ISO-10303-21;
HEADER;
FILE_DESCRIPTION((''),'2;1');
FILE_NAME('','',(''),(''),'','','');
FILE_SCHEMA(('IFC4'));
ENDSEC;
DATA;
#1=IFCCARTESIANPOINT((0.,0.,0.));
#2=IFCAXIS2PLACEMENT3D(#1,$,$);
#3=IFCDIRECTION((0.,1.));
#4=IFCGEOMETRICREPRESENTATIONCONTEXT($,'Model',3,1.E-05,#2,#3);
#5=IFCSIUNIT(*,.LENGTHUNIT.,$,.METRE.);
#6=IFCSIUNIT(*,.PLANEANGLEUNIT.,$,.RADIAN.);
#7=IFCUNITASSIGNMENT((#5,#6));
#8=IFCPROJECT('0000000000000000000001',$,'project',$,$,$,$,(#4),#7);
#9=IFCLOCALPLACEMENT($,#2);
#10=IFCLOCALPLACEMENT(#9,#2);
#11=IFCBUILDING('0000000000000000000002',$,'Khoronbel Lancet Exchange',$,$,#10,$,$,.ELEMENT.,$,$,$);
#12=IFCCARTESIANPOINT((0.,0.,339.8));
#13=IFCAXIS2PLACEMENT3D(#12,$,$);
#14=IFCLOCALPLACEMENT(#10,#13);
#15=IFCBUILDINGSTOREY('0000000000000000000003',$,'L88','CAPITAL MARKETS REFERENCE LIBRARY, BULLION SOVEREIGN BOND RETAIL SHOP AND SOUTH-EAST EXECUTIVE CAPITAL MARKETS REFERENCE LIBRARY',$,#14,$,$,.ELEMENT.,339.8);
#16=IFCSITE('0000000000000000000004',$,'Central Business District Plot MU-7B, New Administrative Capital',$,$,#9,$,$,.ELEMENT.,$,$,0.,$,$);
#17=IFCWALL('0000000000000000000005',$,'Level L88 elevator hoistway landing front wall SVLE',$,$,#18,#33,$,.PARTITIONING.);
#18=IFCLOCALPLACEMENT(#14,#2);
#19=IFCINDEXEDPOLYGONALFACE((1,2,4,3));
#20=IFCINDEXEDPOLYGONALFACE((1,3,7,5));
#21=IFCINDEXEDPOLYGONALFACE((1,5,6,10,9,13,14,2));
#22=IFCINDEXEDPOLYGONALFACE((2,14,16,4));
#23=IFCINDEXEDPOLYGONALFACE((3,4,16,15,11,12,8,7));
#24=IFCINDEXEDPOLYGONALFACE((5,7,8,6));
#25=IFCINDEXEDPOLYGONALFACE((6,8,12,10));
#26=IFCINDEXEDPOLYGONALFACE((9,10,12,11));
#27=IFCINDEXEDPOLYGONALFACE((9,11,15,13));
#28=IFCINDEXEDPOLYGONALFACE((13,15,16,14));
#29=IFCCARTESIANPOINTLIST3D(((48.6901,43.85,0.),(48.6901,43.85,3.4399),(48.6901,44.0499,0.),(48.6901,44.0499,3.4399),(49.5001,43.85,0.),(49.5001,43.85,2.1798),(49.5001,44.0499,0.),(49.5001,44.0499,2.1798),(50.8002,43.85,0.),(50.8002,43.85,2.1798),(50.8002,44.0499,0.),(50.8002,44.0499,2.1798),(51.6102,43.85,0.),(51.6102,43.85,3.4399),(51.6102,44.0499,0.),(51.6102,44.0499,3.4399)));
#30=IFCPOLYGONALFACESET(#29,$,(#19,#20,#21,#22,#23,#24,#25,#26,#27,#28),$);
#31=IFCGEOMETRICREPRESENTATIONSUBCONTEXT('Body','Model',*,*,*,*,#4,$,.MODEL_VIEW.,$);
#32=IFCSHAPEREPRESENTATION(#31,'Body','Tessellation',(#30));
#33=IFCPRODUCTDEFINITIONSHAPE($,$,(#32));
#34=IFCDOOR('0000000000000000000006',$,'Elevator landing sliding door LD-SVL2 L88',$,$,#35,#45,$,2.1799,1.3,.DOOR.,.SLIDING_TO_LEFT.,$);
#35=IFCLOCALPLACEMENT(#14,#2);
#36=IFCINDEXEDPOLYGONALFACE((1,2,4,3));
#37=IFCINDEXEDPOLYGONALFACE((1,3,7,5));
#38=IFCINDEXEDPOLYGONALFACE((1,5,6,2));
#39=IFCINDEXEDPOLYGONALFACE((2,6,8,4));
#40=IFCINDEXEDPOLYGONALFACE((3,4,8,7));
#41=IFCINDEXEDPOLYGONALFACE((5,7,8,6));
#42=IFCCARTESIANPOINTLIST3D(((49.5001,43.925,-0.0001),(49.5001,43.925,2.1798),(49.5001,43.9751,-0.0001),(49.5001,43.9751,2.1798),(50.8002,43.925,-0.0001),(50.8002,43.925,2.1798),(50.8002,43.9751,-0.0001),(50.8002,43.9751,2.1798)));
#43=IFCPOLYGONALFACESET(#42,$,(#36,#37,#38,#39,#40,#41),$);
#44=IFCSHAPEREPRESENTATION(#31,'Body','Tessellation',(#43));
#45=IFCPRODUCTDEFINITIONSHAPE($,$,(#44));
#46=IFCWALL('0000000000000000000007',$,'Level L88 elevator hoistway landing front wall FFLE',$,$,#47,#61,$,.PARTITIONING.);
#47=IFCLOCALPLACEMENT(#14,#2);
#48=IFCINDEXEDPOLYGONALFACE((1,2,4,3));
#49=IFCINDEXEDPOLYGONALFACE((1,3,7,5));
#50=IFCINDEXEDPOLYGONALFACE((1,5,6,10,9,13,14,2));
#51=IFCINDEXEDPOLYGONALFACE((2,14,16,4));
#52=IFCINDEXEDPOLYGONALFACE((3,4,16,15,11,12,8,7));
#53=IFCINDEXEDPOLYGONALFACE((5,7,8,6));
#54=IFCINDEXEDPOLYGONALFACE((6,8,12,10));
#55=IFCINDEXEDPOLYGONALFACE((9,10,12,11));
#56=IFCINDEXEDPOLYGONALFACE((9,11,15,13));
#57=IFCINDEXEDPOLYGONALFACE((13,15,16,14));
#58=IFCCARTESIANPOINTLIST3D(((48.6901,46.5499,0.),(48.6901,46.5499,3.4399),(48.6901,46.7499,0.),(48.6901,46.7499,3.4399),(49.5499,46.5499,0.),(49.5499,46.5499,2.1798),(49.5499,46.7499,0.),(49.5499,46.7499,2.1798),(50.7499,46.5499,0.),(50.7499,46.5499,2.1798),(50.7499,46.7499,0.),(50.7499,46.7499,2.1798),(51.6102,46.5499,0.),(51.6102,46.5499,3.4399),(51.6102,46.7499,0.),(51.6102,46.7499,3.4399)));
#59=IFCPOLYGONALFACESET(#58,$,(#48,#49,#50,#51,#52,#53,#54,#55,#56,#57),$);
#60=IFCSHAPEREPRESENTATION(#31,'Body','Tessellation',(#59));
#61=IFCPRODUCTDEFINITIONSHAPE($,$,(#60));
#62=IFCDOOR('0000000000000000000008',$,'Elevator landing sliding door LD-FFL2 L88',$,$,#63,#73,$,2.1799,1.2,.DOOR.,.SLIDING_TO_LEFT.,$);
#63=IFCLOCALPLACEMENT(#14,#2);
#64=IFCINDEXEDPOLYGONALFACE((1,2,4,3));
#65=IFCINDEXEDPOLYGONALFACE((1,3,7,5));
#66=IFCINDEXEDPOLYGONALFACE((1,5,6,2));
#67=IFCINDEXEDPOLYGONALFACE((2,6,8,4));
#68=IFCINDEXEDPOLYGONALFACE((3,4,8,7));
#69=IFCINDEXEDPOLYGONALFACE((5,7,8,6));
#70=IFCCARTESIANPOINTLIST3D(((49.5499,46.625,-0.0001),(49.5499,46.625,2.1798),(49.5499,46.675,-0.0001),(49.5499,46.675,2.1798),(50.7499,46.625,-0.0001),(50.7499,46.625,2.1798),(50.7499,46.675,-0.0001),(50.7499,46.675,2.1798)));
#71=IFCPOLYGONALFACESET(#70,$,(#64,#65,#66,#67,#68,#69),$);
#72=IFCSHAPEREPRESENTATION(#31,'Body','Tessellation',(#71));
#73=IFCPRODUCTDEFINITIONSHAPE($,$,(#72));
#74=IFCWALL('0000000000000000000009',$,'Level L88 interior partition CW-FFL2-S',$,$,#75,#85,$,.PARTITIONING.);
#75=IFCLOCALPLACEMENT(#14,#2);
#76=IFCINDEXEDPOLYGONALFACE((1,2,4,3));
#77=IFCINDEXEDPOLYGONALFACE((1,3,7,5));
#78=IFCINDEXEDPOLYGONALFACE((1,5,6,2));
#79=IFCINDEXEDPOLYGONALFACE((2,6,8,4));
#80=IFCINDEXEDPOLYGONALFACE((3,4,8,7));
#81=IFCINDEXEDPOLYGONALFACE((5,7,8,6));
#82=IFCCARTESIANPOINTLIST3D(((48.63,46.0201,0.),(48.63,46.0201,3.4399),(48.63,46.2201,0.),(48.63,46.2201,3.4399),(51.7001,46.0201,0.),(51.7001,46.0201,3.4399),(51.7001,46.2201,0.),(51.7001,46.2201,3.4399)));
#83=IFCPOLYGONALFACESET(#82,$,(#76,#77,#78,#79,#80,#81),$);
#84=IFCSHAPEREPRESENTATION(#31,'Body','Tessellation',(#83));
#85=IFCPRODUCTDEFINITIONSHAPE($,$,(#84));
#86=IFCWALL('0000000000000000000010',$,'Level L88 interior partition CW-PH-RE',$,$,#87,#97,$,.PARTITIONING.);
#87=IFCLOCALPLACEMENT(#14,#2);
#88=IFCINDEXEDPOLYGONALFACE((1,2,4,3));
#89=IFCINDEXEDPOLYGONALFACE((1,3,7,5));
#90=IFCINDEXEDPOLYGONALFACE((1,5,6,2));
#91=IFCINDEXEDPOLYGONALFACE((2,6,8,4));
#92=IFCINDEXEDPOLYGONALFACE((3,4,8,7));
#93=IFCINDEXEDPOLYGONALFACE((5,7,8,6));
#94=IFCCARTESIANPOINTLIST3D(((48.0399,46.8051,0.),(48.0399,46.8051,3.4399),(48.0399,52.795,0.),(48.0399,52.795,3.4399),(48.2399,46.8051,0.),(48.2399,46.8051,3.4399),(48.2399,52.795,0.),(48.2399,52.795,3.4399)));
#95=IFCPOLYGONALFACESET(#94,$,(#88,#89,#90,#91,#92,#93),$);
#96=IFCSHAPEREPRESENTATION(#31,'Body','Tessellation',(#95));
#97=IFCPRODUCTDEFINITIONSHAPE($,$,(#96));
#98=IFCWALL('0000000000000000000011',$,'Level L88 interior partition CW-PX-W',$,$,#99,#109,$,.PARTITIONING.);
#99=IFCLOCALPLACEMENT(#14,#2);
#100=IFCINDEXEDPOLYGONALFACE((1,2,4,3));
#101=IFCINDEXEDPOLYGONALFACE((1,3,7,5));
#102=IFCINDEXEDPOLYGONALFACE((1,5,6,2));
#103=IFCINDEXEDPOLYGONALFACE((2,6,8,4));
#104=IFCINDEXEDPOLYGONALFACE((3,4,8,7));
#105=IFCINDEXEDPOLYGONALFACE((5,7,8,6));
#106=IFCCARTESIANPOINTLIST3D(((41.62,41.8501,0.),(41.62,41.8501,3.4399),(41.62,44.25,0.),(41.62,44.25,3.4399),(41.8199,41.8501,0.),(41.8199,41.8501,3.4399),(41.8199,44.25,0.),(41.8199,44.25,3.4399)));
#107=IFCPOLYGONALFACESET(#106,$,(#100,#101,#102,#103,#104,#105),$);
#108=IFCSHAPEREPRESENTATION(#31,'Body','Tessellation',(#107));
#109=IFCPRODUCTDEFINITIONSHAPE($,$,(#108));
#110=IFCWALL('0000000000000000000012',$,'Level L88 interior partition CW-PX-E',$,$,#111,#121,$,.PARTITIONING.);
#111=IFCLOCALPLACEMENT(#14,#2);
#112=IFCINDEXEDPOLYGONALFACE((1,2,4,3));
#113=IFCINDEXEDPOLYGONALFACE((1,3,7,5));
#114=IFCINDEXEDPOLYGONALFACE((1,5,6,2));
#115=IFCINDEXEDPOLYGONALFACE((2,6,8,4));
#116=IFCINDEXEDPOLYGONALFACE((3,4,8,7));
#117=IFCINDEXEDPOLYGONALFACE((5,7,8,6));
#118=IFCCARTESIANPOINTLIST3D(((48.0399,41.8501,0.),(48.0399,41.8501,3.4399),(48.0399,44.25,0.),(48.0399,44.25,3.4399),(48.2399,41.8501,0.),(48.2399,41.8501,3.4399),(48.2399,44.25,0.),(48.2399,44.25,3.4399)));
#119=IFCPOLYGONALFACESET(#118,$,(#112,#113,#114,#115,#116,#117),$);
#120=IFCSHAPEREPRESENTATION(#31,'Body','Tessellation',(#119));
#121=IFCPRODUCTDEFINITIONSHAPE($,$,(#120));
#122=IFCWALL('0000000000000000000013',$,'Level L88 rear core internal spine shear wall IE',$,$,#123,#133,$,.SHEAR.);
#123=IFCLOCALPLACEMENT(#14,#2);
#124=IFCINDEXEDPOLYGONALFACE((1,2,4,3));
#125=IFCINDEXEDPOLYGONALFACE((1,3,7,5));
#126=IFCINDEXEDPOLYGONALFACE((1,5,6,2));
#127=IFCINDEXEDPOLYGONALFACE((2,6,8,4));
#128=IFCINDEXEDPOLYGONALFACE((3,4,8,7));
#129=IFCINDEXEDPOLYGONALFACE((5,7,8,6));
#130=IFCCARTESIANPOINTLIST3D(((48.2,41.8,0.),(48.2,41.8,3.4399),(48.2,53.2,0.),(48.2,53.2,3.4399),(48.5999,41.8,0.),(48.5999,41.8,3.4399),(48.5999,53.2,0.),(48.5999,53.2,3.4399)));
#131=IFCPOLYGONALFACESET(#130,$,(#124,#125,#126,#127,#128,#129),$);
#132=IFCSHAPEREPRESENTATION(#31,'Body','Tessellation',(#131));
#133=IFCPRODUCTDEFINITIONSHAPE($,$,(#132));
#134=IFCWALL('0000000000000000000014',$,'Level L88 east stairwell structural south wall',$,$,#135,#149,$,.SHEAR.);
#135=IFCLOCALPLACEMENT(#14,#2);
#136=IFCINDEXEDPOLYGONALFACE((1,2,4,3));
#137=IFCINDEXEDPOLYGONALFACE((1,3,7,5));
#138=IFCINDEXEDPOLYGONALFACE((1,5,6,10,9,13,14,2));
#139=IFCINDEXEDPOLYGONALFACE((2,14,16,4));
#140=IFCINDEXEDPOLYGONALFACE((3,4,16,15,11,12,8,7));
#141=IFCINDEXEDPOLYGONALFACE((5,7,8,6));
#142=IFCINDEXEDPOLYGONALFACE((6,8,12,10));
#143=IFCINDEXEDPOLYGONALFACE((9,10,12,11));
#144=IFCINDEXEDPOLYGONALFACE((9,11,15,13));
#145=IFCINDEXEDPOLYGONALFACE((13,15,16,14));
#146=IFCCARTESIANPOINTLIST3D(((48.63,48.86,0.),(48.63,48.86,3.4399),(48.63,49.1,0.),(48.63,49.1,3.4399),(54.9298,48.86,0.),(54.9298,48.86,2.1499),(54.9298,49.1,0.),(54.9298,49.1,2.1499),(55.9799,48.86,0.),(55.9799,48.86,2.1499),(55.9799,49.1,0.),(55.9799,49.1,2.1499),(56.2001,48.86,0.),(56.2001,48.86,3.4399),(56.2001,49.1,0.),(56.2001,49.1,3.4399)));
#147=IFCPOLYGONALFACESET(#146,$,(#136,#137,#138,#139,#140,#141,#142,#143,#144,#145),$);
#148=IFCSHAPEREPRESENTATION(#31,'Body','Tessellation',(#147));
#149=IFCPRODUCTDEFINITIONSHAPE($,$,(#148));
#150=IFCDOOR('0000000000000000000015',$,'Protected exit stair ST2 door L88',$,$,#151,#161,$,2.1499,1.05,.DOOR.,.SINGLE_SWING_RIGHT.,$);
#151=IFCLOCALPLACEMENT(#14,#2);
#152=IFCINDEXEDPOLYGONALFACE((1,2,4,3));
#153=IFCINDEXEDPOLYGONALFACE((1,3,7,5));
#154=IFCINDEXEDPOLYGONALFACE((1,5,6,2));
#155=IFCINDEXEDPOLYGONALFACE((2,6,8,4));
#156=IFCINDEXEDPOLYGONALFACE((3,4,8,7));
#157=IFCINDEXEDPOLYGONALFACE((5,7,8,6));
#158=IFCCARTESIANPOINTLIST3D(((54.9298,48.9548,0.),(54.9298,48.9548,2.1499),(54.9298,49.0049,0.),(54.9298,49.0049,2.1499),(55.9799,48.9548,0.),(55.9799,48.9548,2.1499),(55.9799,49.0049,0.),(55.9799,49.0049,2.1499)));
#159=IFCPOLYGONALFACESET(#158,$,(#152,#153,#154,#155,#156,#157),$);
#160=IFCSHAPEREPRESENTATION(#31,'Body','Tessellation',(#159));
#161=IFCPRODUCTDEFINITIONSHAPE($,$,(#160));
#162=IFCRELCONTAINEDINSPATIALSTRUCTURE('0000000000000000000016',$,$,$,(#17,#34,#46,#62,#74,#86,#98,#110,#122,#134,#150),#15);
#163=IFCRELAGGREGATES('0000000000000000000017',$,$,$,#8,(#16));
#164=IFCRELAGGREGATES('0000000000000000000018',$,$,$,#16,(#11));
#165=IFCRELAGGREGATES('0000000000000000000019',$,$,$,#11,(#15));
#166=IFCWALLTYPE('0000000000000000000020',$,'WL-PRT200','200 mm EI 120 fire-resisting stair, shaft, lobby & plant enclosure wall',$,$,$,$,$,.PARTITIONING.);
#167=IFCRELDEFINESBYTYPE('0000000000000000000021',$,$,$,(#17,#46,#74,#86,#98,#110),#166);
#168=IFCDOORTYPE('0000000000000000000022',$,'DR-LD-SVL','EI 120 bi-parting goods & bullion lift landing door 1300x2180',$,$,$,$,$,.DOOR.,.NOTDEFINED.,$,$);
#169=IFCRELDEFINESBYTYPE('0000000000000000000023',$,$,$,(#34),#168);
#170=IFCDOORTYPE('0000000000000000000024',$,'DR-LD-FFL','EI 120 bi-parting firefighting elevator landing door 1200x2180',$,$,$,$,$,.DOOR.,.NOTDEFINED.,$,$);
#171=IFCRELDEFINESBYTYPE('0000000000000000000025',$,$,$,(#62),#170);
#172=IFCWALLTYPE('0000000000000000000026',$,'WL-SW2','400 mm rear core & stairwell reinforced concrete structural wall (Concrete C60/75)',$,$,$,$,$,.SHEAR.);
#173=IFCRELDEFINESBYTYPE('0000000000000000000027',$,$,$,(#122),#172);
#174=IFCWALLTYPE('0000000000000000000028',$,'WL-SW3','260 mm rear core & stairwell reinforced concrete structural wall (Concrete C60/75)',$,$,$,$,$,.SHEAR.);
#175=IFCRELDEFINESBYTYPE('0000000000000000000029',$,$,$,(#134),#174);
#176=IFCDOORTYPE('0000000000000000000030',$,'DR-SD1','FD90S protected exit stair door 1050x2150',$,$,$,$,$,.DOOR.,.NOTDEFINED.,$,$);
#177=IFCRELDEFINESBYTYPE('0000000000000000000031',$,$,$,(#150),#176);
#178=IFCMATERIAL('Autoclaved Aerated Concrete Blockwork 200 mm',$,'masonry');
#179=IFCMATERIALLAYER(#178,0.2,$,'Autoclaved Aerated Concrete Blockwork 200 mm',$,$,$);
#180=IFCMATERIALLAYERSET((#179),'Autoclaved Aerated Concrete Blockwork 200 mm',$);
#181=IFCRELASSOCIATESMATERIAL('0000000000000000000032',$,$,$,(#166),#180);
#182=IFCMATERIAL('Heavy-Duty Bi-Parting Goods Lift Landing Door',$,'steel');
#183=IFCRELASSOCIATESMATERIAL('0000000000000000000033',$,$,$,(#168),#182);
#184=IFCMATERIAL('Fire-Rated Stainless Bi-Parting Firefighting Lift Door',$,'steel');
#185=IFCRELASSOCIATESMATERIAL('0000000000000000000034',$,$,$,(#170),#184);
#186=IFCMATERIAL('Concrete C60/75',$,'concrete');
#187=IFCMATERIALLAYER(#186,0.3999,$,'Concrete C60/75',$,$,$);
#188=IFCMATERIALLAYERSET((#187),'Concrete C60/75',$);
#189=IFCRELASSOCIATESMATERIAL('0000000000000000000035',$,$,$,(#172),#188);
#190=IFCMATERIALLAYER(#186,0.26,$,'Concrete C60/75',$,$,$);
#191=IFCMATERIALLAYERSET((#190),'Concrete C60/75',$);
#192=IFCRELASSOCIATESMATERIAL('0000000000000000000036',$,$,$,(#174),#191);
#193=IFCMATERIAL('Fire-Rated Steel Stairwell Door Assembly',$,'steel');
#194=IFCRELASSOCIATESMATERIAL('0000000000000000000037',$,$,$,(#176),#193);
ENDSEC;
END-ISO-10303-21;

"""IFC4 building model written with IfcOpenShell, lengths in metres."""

from ifc_helpers import new_model, si_unit, direction, frame, frame_2d, origin, place, context, subcontext, project, spatial, rectangle, extrude, material, layer, layer_set, type_object, element, fill, save


model = new_model("IFC4")

# Units and contexts
model_context = context("Model", 3, precision=1e-05, world=origin(), true_north=direction((0.0, 1.0)))
body_context = subcontext(model_context, "Body", "Model", "MODEL_VIEW")
ifc_project = project(units=[si_unit("LENGTHUNIT", "METRE"), si_unit("PLANEANGLEUNIT", "RADIAN")], contexts=[model_context])

# Site, building, storey
site_placement = place(None, origin())
site = spatial("IfcSite", under=ifc_project, at=site_placement, Name="Central Business District Plot MU-7B, New Administrative Capital", CompositionType="ELEMENT", RefElevation=0.0)
building_placement = place(site_placement, origin())
building = spatial("IfcBuilding", under=site, at=building_placement, Name="Khoronbel Lancet Exchange", CompositionType="ELEMENT")
storey_placement = place(building_placement, frame((0.0, 0.0, 339.8)))
storey = spatial("IfcBuildingStorey", under=building, at=storey_placement, Name="L88", Description="CAPITAL MARKETS REFERENCE LIBRARY, BULLION SOVEREIGN BOND RETAIL SHOP AND SOUTH-EAST EXECUTIVE CAPITAL MARKETS REFERENCE LIBRARY", CompositionType="ELEMENT", Elevation=339.8)

# Walls, openings, doors
ifc_material_1 = material(Name="Autoclaved Aerated Concrete Blockwork 200 mm", Category="masonry")
ifc_layer_1 = layer(ifc_material_1, 0.2, Name="Autoclaved Aerated Concrete Blockwork 200 mm")
ifc_layer_set_1 = layer_set([ifc_layer_1], Name="Autoclaved Aerated Concrete Blockwork 200 mm")
wall_type_1 = type_object("IfcWallType", Name="WL-PRT200", Description="200 mm EI 120 fire-resisting stair, shaft, lobby & plant enclosure wall", PredefinedType="PARTITIONING", material=ifc_layer_set_1)
wall_1_placement = place(storey_placement, frame((51.6101, 43.95, 0.0), z_axis=(0.0, 0.0, 1.0), x_axis=(-1.0, 0.0, 0.0)))
wall_1 = element("IfcWall", 1, at=wall_1_placement, inside=storey, type_object=wall_type_1, Name="Level L88 elevator hoistway landing front wall SVLE", PredefinedType="PARTITIONING", context=body_context, shape_type="SweptSolid", body=[
    extrude(rectangle(XDim=2.9202, YDim=0.2, at=frame_2d((1.46, 0.0))), origin(), (0.0, 0.0, 1.0), 3.4399),
])
opening_1_placement = place(wall_1_placement, frame((0.8101, 0.0, 0.0)))
opening_1 = element("IfcOpeningElement", 2, at=opening_1_placement, cuts=wall_1, PredefinedType="OPENING", context=body_context, shape_type="SweptSolid", body=[
    extrude(rectangle(XDim=1.3, YDim=2.1799, at=frame_2d((0.6499, 1.0898))), frame((0.0, 0.1099, 0.0), z_axis=(0.0, -1.0, 0.0), x_axis=(1.0, 0.0, 0.0)), (0.0, 0.0, 1.0), 0.22),
])
ifc_material_2 = material(Name="Heavy-Duty Bi-Parting Goods Lift Landing Door", Category="steel")
door_type_1 = type_object("IfcDoorType", Name="DR-LD-SVL", Description="EI 120 bi-parting goods & bullion lift landing door 1300x2180", OperationType="NOTDEFINED", PredefinedType="DOOR", material=ifc_material_2)
door_1_placement = place(opening_1_placement, origin())
door_1 = element("IfcDoor", 3, at=door_1_placement, inside=storey, type_object=door_type_1, Name="Elevator landing sliding door LD-SVL2 L88", OperationType="SLIDING_TO_LEFT", OverallHeight=2.1799, OverallWidth=1.3, PredefinedType="DOOR", context=body_context, shape_type="SweptSolid", body=[
    extrude(rectangle(XDim=1.3, YDim=2.1799, at=frame_2d((0.6499, 1.0898))), frame((0.0, 0.0249, 0.0), z_axis=(0.0, -1.0, 0.0), x_axis=(1.0, 0.0, 0.0)), (0.0, 0.0, 1.0), 0.05),
])
fill(opening_1, door_1)
wall_2_placement = place(storey_placement, frame((51.6101, 46.6499, 0.0), z_axis=(0.0, 0.0, 1.0), x_axis=(-1.0, 0.0, 0.0)))
wall_2 = element("IfcWall", 4, at=wall_2_placement, inside=storey, type_object=wall_type_1, Name="Level L88 elevator hoistway landing front wall FFLE", PredefinedType="PARTITIONING", context=body_context, shape_type="SweptSolid", body=[
    extrude(rectangle(XDim=2.9202, YDim=0.2, at=frame_2d((1.46, 0.0))), origin(), (0.0, 0.0, 1.0), 3.4399),
])
opening_2_placement = place(wall_2_placement, frame((0.8601, 0.0, 0.0)))
opening_2 = element("IfcOpeningElement", 5, at=opening_2_placement, cuts=wall_2, PredefinedType="OPENING", context=body_context, shape_type="SweptSolid", body=[
    extrude(rectangle(XDim=1.2, YDim=2.1799, at=frame_2d((0.6001, 1.0898))), frame((0.0, 0.1099, 0.0), z_axis=(0.0, -1.0, 0.0), x_axis=(1.0, 0.0, 0.0)), (0.0, 0.0, 1.0), 0.22),
])
ifc_material_3 = material(Name="Fire-Rated Stainless Bi-Parting Firefighting Lift Door", Category="steel")
door_type_2 = type_object("IfcDoorType", Name="DR-LD-FFL", Description="EI 120 bi-parting firefighting elevator landing door 1200x2180", OperationType="NOTDEFINED", PredefinedType="DOOR", material=ifc_material_3)
door_2_placement = place(opening_2_placement, origin())
door_2 = element("IfcDoor", 6, at=door_2_placement, inside=storey, type_object=door_type_2, Name="Elevator landing sliding door LD-FFL2 L88", OperationType="SLIDING_TO_LEFT", OverallHeight=2.1799, OverallWidth=1.2, PredefinedType="DOOR", context=body_context, shape_type="SweptSolid", body=[
    extrude(rectangle(XDim=1.2, YDim=2.1799, at=frame_2d((0.6001, 1.0898))), frame((0.0, 0.0249, 0.0), z_axis=(0.0, -1.0, 0.0), x_axis=(1.0, 0.0, 0.0)), (0.0, 0.0, 1.0), 0.05),
])
fill(opening_2, door_2)

# Walls
wall_3_placement = place(storey_placement, frame((48.6299, 46.1201, 0.0), z_axis=(0.0, 0.0, 1.0), x_axis=(1.0, 0.0, 0.0)))
element("IfcWall", 7, at=wall_3_placement, inside=storey, type_object=wall_type_1, Name="Level L88 interior partition CW-FFL2-S", PredefinedType="PARTITIONING", context=body_context, shape_type="SweptSolid", body=[
    extrude(rectangle(XDim=3.0701, YDim=0.2, at=frame_2d((1.5352, 0.0))), origin(), (0.0, 0.0, 1.0), 3.4399),
])
wall_4_placement = place(storey_placement, frame((48.1399, 46.8049, 0.0), z_axis=(0.0, 0.0, 1.0), x_axis=(0.0, 1.0, 0.0)))
element("IfcWall", 8, at=wall_4_placement, inside=storey, type_object=wall_type_1, Name="Level L88 interior partition CW-PH-RE", PredefinedType="PARTITIONING", context=body_context, shape_type="SweptSolid", body=[
    extrude(rectangle(XDim=5.99, YDim=0.2, at=frame_2d((2.9951, 0.0))), origin(), (0.0, 0.0, 1.0), 3.4399),
])
for number, where, z_axis, x_axis, name in (
    (9, (41.72, 41.8501, 0.0), (0.0, 0.0, 1.0), (0.0, 1.0, 0.0), "Level L88 interior partition CW-PX-W"),
    (10, (48.1399, 41.8501, 0.0), (0.0, 0.0, 1.0), (0.0, 1.0, 0.0), "Level L88 interior partition CW-PX-E"),
):
    element("IfcWall", number, at=place(storey_placement, frame(where, z_axis=z_axis, x_axis=x_axis)), inside=storey, type_object=wall_type_1, Name=name, PredefinedType="PARTITIONING", context=body_context, shape_type="SweptSolid", body=[
        extrude(rectangle(XDim=2.3999, YDim=0.2, at=frame_2d((1.2, 0.0))), origin(), (0.0, 0.0, 1.0), 3.4399),
    ])
ifc_material_4 = material(Name="Concrete C60/75", Category="concrete")
ifc_layer_2 = layer(ifc_material_4, 0.3999, Name="Concrete C60/75")
ifc_layer_set_2 = layer_set([ifc_layer_2], Name="Concrete C60/75")
wall_type_2 = type_object("IfcWallType", Name="WL-SW2", Description="400 mm rear core & stairwell reinforced concrete structural wall (Concrete C60/75)", PredefinedType="SHEAR", material=ifc_layer_set_2)
wall_5_placement = place(storey_placement, frame((48.3999, 41.8, 0.0), z_axis=(0.0, 0.0, 1.0), x_axis=(0.0, 1.0, 0.0)))
element("IfcWall", 11, at=wall_5_placement, inside=storey, type_object=wall_type_2, Name="Level L88 rear core internal spine shear wall IE", PredefinedType="SHEAR", context=body_context, shape_type="SweptSolid", body=[
    extrude(rectangle(XDim=11.3999, YDim=0.3999, at=frame_2d((5.7, 0.0))), origin(), (0.0, 0.0, 1.0), 3.4399),
])

# Wall, opening, door
ifc_layer_3 = layer(ifc_material_4, 0.26, Name="Concrete C60/75")
ifc_layer_set_3 = layer_set([ifc_layer_3], Name="Concrete C60/75")
wall_type_3 = type_object("IfcWallType", Name="WL-SW3", Description="260 mm rear core & stairwell reinforced concrete structural wall (Concrete C60/75)", PredefinedType="SHEAR", material=ifc_layer_set_3)
wall_6_placement = place(storey_placement, frame((48.6299, 48.98, 0.0), z_axis=(0.0, 0.0, 1.0), x_axis=(1.0, 0.0, 0.0)))
wall_6 = element("IfcWall", 12, at=wall_6_placement, inside=storey, type_object=wall_type_3, Name="Level L88 east stairwell structural south wall", PredefinedType="SHEAR", context=body_context, shape_type="SweptSolid", body=[
    extrude(rectangle(XDim=7.5701, YDim=0.24, at=frame_2d((3.7852, 0.0))), origin(), (0.0, 0.0, 1.0), 3.4399),
])
opening_3_placement = place(wall_6_placement, frame((6.3, 0.0, 0.0)))
opening_3 = element("IfcOpeningElement", 13, at=opening_3_placement, cuts=wall_6, PredefinedType="OPENING", context=body_context, shape_type="SweptSolid", body=[
    extrude(rectangle(XDim=1.05, YDim=2.1499, at=frame_2d((0.5249, 1.075))), frame((0.0, 0.1299, 0.0), z_axis=(0.0, -1.0, 0.0), x_axis=(1.0, 0.0, 0.0)), (0.0, 0.0, 1.0), 0.26),
])
ifc_material_5 = material(Name="Fire-Rated Steel Stairwell Door Assembly", Category="steel")
door_type_3 = type_object("IfcDoorType", Name="DR-SD1", Description="FD90S protected exit stair door 1050x2150", OperationType="NOTDEFINED", PredefinedType="DOOR", material=ifc_material_5)
door_3_placement = place(opening_3_placement, origin())
door_3 = element("IfcDoor", 14, at=door_3_placement, inside=storey, type_object=door_type_3, Name="Protected exit stair ST2 door L88", OperationType="SINGLE_SWING_RIGHT", OverallHeight=2.1499, OverallWidth=1.05, PredefinedType="DOOR", context=body_context, shape_type="SweptSolid", body=[
    extrude(rectangle(XDim=1.05, YDim=2.1499, at=frame_2d((0.5249, 1.075))), frame((0.0, 0.0249, 0.0), z_axis=(0.0, -1.0, 0.0), x_axis=(1.0, 0.0, 0.0)), (0.0, 0.0, 1.0), 0.05),
])
fill(opening_3, door_3)

save(model, "model.ifc")
